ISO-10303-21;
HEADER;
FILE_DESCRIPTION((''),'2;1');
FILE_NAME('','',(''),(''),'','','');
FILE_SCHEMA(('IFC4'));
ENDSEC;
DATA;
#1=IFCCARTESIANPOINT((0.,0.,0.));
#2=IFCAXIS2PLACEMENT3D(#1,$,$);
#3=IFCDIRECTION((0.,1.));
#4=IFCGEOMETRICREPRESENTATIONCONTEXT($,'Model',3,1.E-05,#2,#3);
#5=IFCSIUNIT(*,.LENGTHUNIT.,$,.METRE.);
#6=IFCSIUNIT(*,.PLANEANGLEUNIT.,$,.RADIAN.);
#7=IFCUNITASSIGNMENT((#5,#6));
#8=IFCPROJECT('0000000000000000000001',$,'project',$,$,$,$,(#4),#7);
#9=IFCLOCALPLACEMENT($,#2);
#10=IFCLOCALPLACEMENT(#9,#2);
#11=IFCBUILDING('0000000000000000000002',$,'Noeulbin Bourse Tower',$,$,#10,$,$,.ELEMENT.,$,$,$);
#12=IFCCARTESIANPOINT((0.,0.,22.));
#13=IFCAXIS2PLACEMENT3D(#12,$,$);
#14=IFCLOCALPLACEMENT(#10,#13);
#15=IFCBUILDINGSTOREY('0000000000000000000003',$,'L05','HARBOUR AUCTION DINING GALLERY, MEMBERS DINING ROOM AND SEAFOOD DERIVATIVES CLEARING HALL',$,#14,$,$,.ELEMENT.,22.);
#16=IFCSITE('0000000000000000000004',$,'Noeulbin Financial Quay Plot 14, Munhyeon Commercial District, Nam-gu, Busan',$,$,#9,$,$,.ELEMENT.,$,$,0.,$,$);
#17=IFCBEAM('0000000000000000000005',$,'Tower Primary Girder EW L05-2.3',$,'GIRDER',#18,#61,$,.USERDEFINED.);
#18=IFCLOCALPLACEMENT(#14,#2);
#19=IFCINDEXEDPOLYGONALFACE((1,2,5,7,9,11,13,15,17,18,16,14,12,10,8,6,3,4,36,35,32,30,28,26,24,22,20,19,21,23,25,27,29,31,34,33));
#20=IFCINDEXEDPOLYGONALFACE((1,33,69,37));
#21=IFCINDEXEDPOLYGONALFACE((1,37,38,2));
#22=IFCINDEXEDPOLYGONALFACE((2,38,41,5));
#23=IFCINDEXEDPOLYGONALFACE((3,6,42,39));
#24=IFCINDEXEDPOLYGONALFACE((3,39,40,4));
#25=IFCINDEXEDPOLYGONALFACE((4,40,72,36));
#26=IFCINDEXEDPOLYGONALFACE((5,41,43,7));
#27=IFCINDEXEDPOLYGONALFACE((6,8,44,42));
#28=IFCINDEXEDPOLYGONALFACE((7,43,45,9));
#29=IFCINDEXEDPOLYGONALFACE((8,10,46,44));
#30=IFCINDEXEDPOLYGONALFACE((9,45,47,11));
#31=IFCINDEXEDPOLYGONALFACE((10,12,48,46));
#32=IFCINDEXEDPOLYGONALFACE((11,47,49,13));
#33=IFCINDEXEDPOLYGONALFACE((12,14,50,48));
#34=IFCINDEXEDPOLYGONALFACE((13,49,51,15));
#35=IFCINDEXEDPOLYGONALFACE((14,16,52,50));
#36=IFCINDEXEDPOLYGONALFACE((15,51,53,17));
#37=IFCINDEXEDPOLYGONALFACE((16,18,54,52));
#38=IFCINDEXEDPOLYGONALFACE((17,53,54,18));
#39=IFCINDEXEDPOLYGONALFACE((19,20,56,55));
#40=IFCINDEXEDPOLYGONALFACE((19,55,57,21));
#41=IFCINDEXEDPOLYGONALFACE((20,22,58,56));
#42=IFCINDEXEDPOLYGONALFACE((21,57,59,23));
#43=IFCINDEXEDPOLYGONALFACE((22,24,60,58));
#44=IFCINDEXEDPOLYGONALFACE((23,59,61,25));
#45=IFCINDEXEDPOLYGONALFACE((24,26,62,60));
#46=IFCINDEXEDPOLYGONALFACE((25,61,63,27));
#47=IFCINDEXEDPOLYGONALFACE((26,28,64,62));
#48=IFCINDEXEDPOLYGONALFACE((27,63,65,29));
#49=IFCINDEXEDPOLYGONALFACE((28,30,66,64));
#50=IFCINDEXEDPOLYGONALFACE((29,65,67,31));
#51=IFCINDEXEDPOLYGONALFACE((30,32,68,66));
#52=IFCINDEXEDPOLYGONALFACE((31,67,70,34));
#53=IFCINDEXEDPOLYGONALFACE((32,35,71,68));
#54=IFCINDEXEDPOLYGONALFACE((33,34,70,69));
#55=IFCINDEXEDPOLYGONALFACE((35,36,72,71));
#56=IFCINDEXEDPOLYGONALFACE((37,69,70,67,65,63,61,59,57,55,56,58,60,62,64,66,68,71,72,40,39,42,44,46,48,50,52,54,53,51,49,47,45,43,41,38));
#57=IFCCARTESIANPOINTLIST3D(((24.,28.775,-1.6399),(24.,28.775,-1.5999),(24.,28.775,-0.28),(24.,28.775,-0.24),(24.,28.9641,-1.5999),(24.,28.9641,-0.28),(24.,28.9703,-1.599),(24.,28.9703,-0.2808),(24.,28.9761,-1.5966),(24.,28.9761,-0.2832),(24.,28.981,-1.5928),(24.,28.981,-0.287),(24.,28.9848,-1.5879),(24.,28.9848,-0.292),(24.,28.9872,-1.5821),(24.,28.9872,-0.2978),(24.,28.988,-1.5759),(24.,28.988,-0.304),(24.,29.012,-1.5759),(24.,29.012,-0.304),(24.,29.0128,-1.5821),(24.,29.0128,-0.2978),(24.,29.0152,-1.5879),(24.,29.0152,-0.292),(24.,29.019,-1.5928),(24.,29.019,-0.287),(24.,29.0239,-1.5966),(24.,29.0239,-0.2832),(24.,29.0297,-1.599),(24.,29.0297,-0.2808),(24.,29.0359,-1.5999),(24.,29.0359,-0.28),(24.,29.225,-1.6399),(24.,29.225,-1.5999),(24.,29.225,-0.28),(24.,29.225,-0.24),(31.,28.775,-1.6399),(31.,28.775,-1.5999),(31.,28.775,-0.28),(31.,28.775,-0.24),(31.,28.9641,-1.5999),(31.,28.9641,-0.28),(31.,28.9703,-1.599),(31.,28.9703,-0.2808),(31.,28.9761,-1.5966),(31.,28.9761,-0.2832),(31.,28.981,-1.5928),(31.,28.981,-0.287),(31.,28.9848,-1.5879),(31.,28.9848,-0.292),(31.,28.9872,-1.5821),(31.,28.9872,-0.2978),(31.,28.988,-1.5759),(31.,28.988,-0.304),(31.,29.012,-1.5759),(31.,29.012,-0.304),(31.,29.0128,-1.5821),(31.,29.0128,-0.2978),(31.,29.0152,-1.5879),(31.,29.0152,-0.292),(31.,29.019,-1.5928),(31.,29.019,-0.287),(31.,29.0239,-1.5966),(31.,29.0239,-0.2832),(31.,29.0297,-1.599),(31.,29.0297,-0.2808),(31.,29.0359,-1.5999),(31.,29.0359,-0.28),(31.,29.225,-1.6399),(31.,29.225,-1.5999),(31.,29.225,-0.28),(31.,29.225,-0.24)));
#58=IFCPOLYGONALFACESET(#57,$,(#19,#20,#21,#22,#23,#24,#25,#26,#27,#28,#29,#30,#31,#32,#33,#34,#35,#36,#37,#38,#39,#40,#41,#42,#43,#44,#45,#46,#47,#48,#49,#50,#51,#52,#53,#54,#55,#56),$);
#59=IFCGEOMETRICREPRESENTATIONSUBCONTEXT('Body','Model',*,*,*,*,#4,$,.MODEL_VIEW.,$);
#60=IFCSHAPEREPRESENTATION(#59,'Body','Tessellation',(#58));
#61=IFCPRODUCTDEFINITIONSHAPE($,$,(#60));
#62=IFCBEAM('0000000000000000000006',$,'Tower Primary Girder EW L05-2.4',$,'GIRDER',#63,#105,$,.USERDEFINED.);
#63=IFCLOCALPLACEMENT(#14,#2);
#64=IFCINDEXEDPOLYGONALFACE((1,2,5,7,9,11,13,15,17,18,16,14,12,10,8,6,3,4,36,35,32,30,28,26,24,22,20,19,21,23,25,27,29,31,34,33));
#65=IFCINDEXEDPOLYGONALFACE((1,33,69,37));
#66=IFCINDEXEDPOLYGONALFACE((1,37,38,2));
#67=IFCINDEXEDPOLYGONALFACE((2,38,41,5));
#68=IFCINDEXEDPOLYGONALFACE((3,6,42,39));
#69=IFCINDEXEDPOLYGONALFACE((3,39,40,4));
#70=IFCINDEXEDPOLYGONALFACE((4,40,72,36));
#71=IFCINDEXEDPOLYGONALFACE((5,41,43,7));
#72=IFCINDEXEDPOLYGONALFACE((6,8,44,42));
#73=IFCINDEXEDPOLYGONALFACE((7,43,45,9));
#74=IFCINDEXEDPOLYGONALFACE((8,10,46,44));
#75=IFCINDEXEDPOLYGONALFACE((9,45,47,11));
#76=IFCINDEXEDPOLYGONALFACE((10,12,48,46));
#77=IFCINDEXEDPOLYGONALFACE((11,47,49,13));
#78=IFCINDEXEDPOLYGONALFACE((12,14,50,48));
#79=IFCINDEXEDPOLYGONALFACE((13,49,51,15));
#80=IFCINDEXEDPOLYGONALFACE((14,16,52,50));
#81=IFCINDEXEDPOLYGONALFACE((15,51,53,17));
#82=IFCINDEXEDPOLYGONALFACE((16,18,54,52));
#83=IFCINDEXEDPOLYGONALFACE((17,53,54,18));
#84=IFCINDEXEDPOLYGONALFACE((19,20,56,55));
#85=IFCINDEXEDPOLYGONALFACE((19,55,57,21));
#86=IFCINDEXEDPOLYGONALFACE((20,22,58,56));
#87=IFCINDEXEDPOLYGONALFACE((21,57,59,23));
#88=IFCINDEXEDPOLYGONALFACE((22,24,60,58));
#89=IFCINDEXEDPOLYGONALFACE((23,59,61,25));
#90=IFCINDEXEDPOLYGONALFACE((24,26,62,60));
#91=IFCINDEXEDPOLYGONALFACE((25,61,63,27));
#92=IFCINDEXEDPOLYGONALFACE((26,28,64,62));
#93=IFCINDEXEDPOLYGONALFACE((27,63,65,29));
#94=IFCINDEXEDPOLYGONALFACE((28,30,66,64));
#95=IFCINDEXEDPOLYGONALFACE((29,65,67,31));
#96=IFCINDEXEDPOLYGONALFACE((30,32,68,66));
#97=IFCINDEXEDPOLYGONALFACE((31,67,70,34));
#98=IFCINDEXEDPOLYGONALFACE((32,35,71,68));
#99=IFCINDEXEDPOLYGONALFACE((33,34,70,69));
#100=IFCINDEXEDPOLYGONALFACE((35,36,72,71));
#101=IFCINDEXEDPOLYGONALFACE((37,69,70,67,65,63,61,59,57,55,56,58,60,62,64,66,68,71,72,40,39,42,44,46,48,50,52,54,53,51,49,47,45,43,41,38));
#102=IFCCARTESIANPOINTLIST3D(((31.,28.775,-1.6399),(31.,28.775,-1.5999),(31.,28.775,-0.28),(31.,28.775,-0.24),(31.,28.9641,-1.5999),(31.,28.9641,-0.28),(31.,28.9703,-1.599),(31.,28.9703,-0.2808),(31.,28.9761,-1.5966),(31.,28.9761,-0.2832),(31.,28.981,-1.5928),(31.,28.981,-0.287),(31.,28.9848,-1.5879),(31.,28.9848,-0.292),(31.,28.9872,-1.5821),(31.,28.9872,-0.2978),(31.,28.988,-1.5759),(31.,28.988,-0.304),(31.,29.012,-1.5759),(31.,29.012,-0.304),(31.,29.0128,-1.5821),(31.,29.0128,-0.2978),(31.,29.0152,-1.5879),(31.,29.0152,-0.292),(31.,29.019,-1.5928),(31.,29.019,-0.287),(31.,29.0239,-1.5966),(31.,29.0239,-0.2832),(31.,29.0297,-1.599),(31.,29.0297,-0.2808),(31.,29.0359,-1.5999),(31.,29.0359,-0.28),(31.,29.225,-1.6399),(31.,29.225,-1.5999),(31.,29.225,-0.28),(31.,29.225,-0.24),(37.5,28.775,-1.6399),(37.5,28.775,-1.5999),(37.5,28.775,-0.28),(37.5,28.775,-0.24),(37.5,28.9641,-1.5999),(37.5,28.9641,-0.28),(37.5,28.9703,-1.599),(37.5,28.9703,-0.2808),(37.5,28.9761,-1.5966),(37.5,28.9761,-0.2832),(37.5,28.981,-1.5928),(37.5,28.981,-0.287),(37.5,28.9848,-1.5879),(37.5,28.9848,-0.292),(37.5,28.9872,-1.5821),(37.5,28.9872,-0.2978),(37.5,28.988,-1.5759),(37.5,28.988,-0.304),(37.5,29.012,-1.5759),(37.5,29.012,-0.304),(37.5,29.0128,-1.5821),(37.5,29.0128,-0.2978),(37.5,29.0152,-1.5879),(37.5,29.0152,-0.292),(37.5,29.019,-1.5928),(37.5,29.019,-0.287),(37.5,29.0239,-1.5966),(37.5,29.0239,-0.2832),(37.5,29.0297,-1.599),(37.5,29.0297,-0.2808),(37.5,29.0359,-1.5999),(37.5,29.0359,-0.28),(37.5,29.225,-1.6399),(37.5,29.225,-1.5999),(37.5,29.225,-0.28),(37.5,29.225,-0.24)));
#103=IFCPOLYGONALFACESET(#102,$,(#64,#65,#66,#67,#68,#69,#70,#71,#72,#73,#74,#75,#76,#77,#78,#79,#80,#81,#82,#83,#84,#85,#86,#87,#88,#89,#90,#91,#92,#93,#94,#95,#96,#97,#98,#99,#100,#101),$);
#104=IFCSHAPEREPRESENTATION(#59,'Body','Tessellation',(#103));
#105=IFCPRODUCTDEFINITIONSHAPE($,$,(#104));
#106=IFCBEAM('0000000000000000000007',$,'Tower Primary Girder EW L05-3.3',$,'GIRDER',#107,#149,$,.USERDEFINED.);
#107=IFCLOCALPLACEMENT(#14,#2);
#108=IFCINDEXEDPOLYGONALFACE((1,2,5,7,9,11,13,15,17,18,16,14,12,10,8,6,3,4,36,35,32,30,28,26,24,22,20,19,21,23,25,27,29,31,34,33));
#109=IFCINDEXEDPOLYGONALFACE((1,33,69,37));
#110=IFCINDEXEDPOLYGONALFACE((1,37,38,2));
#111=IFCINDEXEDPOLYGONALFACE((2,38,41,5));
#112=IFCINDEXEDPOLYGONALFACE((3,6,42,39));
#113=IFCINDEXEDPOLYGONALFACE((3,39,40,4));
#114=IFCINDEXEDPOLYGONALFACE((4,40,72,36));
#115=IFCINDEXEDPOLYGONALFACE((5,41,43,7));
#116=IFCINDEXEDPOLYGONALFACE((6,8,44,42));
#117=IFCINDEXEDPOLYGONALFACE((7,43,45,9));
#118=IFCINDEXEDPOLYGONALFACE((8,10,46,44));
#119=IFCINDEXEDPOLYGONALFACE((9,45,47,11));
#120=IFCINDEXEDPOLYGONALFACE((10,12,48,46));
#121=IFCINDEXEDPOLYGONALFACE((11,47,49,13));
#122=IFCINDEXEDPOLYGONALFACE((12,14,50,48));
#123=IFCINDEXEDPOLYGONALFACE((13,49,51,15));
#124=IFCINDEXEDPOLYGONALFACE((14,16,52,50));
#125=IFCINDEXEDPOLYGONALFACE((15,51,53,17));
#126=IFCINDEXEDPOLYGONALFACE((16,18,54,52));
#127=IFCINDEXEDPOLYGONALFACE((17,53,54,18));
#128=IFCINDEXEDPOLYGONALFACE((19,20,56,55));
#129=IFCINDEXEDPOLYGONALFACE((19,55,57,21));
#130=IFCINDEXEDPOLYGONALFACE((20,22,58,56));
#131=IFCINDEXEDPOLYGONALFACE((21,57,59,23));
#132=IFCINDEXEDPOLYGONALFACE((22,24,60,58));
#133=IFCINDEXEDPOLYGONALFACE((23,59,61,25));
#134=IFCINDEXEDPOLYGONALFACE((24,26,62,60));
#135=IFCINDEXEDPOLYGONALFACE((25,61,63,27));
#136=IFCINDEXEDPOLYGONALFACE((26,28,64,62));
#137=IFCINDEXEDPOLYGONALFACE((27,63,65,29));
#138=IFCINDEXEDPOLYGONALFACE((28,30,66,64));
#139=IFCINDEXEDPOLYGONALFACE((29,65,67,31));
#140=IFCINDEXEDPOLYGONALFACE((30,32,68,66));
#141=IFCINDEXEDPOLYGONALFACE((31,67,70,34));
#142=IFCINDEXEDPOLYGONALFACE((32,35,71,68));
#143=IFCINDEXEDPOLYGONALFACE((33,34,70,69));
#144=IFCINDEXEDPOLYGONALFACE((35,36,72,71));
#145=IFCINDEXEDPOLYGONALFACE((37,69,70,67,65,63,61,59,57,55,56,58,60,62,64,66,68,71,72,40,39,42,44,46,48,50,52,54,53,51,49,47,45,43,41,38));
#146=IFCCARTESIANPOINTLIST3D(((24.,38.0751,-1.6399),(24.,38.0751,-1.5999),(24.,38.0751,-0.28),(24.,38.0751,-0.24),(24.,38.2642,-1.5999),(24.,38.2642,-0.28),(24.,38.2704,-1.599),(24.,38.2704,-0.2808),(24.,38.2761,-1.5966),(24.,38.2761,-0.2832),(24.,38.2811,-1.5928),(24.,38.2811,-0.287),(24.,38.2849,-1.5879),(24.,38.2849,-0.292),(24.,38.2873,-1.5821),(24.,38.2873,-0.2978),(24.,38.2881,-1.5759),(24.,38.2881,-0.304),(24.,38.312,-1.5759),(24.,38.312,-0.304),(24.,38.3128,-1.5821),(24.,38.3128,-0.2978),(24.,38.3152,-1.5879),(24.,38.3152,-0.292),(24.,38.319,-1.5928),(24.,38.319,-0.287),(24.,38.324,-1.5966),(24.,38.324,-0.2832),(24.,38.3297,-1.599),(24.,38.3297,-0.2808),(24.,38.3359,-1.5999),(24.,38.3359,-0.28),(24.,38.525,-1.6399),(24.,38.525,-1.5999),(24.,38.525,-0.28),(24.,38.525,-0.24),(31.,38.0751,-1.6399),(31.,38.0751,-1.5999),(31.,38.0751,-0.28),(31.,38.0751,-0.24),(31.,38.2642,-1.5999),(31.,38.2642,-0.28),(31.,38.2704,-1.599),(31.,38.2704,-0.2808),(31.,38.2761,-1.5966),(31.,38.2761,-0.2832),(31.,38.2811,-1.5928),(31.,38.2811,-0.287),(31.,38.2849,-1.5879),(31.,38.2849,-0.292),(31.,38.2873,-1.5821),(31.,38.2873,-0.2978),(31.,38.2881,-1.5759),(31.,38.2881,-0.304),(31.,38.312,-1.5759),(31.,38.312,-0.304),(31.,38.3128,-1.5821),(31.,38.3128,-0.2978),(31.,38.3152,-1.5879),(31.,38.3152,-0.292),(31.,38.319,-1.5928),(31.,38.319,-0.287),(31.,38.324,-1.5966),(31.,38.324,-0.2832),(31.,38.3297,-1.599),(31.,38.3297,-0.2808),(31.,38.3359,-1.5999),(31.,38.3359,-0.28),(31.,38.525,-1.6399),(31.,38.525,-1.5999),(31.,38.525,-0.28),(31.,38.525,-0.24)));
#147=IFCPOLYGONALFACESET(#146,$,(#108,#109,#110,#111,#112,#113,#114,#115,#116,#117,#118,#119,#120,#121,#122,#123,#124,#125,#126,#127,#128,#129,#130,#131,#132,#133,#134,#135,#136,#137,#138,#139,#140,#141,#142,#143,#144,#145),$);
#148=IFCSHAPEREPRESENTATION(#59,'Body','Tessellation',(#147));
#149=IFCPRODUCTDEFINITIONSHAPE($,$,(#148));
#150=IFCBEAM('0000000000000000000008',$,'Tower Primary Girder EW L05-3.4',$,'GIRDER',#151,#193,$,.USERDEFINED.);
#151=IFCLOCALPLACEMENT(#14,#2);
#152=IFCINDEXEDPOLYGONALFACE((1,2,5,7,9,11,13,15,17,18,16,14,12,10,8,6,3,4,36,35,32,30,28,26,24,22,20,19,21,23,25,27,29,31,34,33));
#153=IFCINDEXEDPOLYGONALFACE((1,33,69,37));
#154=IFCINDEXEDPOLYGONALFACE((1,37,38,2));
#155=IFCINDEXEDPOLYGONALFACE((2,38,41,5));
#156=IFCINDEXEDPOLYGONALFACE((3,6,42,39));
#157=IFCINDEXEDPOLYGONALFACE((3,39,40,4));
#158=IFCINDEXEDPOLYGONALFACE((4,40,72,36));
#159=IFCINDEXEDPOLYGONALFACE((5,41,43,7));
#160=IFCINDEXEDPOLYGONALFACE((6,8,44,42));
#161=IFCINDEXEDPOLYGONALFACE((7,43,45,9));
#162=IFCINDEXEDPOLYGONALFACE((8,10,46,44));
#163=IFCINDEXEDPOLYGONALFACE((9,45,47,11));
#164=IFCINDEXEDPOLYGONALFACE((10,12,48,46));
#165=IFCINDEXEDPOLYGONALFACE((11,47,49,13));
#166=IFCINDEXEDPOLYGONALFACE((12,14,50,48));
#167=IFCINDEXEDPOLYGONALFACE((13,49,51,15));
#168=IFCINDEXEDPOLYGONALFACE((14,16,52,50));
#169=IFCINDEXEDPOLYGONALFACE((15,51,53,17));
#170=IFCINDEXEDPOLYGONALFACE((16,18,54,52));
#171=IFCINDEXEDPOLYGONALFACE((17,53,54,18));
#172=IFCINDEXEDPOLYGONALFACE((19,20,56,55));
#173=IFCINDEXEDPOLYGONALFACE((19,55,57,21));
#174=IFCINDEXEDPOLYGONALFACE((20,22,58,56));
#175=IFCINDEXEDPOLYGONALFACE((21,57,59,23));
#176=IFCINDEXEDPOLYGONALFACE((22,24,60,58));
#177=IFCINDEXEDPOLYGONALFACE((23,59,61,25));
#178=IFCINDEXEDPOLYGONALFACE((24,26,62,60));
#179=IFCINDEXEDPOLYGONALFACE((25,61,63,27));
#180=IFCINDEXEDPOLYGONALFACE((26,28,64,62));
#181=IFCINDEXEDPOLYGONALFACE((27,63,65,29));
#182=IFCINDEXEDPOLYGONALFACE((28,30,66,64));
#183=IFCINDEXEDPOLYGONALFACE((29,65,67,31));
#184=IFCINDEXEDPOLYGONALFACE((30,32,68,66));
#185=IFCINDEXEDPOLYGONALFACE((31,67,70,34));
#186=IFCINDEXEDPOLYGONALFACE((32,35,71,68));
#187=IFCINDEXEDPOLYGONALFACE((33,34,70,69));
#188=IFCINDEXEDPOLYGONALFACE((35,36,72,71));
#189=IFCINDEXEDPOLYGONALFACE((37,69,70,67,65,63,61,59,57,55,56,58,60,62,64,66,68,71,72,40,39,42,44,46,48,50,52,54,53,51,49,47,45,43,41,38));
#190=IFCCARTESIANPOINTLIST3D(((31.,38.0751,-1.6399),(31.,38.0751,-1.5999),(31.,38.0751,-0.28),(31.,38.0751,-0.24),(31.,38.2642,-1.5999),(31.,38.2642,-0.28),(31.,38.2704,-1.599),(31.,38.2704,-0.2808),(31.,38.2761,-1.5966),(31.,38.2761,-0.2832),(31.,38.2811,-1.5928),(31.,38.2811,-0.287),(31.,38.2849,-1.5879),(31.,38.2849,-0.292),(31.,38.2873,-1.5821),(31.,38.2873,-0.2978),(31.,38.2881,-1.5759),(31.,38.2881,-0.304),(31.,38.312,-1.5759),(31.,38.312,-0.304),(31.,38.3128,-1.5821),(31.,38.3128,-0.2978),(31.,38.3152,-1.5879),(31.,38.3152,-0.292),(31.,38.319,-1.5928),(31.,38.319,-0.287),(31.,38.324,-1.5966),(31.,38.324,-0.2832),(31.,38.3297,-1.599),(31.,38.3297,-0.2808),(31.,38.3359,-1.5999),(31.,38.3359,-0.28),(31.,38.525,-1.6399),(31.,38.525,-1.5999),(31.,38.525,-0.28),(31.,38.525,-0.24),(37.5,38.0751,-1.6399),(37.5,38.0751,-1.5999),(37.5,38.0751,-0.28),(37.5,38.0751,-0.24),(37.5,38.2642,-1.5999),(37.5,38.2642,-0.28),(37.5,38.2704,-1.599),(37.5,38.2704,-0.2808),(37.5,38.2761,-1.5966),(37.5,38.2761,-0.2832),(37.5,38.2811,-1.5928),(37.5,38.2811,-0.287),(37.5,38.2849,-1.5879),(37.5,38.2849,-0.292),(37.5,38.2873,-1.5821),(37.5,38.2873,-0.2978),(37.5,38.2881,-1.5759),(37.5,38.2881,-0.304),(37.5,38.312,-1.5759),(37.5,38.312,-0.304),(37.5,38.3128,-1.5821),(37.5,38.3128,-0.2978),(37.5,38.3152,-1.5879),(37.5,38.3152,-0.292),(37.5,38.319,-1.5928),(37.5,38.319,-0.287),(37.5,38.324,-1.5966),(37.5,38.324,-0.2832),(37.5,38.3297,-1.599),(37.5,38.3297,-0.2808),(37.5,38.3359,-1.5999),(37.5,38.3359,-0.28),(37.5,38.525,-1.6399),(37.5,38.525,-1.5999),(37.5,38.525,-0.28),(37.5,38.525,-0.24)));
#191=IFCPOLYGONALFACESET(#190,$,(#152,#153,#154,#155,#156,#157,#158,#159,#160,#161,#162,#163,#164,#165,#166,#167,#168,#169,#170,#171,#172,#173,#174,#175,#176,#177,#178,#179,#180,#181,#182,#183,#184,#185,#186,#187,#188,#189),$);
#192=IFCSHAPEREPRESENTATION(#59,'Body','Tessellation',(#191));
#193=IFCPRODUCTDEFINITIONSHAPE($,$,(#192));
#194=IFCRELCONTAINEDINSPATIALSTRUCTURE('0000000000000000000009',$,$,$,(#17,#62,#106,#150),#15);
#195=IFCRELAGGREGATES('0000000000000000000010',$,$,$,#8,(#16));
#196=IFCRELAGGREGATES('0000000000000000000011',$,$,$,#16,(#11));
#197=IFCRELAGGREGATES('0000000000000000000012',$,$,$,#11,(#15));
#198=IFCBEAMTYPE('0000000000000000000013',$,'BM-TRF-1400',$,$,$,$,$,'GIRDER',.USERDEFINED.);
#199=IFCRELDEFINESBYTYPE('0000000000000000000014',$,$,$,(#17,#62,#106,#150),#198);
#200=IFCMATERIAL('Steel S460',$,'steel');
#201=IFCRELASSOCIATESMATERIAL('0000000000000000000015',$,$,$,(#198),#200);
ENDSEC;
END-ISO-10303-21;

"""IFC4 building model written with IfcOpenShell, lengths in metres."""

from ifc_helpers import new_model, si_unit, direction, frame, origin, origin_2d, place, context, subcontext, project, spatial, i_section, extrude, material, material_profile, profile_set, type_object, element, save


model = new_model("IFC4")

# Units and contexts
model_context = context("Model", 3, precision=1e-05, world=origin(), true_north=direction((0.0, 1.0)))
body_context = subcontext(model_context, "Body", "Model", "MODEL_VIEW")
ifc_project = project(units=[si_unit("LENGTHUNIT", "METRE"), si_unit("PLANEANGLEUNIT", "RADIAN")], contexts=[model_context])

# Site, building, storey
site_placement = place(None, origin())
site = spatial("IfcSite", under=ifc_project, at=site_placement, Name="Noeulbin Financial Quay Plot 14, Munhyeon Commercial District, Nam-gu, Busan", CompositionType="ELEMENT", RefElevation=0.0)
building_placement = place(site_placement, origin())
building = spatial("IfcBuilding", under=site, at=building_placement, Name="Noeulbin Bourse Tower", CompositionType="ELEMENT")
storey_placement = place(building_placement, frame((0.0, 0.0, 22.0)))
storey = spatial("IfcBuildingStorey", under=building, at=storey_placement, Name="L05", Description="HARBOUR AUCTION DINING GALLERY, MEMBERS DINING ROOM AND SEAFOOD DERIVATIVES CLEARING HALL", CompositionType="ELEMENT", Elevation=22.0)

# Shared definitions
ifc_material_1 = material(Name="Steel S460", Category="steel")

# Beams
ifc_material_profile_1 = material_profile(ifc_material_1, i_section(OverallWidth=0.45, OverallDepth=1.3999, WebThickness=0.0239, FlangeThickness=0.04, FilletRadius=0.0239, at=origin_2d()), Name="PG-1400x450x24x40", Category="LoadBearing")
ifc_profile_set_1 = profile_set([ifc_material_profile_1], Name="Steel S460")
beam_type = type_object("IfcBeamType", Name="BM-TRF-1400", ElementType="GIRDER", PredefinedType="USERDEFINED", material=ifc_profile_set_1)
beam_1_placement = place(storey_placement, frame((24.0, 29.0, -0.9399), z_axis=(1.0, 0.0, 0.0), x_axis=(0.0, 1.0, 0.0)))
element("IfcBeam", 1, at=beam_1_placement, inside=storey, type_object=beam_type, Name="Tower Primary Girder EW L05-2.3", ObjectType="GIRDER", PredefinedType="USERDEFINED", context=body_context, shape_type="SweptSolid", body=[
    extrude(i_section(OverallWidth=0.45, OverallDepth=1.3999, WebThickness=0.0239, FlangeThickness=0.04, FilletRadius=0.0239, at=origin_2d()), origin(), (0.0, 0.0, 1.0), 7.0),
])
beam_2_placement = place(storey_placement, frame((31.0, 29.0, -0.9399), z_axis=(1.0, 0.0, 0.0), x_axis=(0.0, 1.0, 0.0)))
element("IfcBeam", 2, at=beam_2_placement, inside=storey, type_object=beam_type, Name="Tower Primary Girder EW L05-2.4", ObjectType="GIRDER", PredefinedType="USERDEFINED", context=body_context, shape_type="SweptSolid", body=[
    extrude(i_section(OverallWidth=0.45, OverallDepth=1.3999, WebThickness=0.0239, FlangeThickness=0.04, FilletRadius=0.0239, at=origin_2d()), origin(), (0.0, 0.0, 1.0), 6.5),
])
beam_3_placement = place(storey_placement, frame((24.0, 38.3, -0.9399), z_axis=(1.0, 0.0, 0.0), x_axis=(0.0, 1.0, 0.0)))
element("IfcBeam", 3, at=beam_3_placement, inside=storey, type_object=beam_type, Name="Tower Primary Girder EW L05-3.3", ObjectType="GIRDER", PredefinedType="USERDEFINED", context=body_context, shape_type="SweptSolid", body=[
    extrude(i_section(OverallWidth=0.45, OverallDepth=1.3999, WebThickness=0.0239, FlangeThickness=0.04, FilletRadius=0.0239, at=origin_2d()), origin(), (0.0, 0.0, 1.0), 7.0),
])
beam_4_placement = place(storey_placement, frame((31.0, 38.3, -0.9399), z_axis=(1.0, 0.0, 0.0), x_axis=(0.0, 1.0, 0.0)))
element("IfcBeam", 4, at=beam_4_placement, inside=storey, type_object=beam_type, Name="Tower Primary Girder EW L05-3.4", ObjectType="GIRDER", PredefinedType="USERDEFINED", context=body_context, shape_type="SweptSolid", body=[
    extrude(i_section(OverallWidth=0.45, OverallDepth=1.3999, WebThickness=0.0239, FlangeThickness=0.04, FilletRadius=0.0239, at=origin_2d()), origin(), (0.0, 0.0, 1.0), 6.5),
])

save(model, "model.ifc")
